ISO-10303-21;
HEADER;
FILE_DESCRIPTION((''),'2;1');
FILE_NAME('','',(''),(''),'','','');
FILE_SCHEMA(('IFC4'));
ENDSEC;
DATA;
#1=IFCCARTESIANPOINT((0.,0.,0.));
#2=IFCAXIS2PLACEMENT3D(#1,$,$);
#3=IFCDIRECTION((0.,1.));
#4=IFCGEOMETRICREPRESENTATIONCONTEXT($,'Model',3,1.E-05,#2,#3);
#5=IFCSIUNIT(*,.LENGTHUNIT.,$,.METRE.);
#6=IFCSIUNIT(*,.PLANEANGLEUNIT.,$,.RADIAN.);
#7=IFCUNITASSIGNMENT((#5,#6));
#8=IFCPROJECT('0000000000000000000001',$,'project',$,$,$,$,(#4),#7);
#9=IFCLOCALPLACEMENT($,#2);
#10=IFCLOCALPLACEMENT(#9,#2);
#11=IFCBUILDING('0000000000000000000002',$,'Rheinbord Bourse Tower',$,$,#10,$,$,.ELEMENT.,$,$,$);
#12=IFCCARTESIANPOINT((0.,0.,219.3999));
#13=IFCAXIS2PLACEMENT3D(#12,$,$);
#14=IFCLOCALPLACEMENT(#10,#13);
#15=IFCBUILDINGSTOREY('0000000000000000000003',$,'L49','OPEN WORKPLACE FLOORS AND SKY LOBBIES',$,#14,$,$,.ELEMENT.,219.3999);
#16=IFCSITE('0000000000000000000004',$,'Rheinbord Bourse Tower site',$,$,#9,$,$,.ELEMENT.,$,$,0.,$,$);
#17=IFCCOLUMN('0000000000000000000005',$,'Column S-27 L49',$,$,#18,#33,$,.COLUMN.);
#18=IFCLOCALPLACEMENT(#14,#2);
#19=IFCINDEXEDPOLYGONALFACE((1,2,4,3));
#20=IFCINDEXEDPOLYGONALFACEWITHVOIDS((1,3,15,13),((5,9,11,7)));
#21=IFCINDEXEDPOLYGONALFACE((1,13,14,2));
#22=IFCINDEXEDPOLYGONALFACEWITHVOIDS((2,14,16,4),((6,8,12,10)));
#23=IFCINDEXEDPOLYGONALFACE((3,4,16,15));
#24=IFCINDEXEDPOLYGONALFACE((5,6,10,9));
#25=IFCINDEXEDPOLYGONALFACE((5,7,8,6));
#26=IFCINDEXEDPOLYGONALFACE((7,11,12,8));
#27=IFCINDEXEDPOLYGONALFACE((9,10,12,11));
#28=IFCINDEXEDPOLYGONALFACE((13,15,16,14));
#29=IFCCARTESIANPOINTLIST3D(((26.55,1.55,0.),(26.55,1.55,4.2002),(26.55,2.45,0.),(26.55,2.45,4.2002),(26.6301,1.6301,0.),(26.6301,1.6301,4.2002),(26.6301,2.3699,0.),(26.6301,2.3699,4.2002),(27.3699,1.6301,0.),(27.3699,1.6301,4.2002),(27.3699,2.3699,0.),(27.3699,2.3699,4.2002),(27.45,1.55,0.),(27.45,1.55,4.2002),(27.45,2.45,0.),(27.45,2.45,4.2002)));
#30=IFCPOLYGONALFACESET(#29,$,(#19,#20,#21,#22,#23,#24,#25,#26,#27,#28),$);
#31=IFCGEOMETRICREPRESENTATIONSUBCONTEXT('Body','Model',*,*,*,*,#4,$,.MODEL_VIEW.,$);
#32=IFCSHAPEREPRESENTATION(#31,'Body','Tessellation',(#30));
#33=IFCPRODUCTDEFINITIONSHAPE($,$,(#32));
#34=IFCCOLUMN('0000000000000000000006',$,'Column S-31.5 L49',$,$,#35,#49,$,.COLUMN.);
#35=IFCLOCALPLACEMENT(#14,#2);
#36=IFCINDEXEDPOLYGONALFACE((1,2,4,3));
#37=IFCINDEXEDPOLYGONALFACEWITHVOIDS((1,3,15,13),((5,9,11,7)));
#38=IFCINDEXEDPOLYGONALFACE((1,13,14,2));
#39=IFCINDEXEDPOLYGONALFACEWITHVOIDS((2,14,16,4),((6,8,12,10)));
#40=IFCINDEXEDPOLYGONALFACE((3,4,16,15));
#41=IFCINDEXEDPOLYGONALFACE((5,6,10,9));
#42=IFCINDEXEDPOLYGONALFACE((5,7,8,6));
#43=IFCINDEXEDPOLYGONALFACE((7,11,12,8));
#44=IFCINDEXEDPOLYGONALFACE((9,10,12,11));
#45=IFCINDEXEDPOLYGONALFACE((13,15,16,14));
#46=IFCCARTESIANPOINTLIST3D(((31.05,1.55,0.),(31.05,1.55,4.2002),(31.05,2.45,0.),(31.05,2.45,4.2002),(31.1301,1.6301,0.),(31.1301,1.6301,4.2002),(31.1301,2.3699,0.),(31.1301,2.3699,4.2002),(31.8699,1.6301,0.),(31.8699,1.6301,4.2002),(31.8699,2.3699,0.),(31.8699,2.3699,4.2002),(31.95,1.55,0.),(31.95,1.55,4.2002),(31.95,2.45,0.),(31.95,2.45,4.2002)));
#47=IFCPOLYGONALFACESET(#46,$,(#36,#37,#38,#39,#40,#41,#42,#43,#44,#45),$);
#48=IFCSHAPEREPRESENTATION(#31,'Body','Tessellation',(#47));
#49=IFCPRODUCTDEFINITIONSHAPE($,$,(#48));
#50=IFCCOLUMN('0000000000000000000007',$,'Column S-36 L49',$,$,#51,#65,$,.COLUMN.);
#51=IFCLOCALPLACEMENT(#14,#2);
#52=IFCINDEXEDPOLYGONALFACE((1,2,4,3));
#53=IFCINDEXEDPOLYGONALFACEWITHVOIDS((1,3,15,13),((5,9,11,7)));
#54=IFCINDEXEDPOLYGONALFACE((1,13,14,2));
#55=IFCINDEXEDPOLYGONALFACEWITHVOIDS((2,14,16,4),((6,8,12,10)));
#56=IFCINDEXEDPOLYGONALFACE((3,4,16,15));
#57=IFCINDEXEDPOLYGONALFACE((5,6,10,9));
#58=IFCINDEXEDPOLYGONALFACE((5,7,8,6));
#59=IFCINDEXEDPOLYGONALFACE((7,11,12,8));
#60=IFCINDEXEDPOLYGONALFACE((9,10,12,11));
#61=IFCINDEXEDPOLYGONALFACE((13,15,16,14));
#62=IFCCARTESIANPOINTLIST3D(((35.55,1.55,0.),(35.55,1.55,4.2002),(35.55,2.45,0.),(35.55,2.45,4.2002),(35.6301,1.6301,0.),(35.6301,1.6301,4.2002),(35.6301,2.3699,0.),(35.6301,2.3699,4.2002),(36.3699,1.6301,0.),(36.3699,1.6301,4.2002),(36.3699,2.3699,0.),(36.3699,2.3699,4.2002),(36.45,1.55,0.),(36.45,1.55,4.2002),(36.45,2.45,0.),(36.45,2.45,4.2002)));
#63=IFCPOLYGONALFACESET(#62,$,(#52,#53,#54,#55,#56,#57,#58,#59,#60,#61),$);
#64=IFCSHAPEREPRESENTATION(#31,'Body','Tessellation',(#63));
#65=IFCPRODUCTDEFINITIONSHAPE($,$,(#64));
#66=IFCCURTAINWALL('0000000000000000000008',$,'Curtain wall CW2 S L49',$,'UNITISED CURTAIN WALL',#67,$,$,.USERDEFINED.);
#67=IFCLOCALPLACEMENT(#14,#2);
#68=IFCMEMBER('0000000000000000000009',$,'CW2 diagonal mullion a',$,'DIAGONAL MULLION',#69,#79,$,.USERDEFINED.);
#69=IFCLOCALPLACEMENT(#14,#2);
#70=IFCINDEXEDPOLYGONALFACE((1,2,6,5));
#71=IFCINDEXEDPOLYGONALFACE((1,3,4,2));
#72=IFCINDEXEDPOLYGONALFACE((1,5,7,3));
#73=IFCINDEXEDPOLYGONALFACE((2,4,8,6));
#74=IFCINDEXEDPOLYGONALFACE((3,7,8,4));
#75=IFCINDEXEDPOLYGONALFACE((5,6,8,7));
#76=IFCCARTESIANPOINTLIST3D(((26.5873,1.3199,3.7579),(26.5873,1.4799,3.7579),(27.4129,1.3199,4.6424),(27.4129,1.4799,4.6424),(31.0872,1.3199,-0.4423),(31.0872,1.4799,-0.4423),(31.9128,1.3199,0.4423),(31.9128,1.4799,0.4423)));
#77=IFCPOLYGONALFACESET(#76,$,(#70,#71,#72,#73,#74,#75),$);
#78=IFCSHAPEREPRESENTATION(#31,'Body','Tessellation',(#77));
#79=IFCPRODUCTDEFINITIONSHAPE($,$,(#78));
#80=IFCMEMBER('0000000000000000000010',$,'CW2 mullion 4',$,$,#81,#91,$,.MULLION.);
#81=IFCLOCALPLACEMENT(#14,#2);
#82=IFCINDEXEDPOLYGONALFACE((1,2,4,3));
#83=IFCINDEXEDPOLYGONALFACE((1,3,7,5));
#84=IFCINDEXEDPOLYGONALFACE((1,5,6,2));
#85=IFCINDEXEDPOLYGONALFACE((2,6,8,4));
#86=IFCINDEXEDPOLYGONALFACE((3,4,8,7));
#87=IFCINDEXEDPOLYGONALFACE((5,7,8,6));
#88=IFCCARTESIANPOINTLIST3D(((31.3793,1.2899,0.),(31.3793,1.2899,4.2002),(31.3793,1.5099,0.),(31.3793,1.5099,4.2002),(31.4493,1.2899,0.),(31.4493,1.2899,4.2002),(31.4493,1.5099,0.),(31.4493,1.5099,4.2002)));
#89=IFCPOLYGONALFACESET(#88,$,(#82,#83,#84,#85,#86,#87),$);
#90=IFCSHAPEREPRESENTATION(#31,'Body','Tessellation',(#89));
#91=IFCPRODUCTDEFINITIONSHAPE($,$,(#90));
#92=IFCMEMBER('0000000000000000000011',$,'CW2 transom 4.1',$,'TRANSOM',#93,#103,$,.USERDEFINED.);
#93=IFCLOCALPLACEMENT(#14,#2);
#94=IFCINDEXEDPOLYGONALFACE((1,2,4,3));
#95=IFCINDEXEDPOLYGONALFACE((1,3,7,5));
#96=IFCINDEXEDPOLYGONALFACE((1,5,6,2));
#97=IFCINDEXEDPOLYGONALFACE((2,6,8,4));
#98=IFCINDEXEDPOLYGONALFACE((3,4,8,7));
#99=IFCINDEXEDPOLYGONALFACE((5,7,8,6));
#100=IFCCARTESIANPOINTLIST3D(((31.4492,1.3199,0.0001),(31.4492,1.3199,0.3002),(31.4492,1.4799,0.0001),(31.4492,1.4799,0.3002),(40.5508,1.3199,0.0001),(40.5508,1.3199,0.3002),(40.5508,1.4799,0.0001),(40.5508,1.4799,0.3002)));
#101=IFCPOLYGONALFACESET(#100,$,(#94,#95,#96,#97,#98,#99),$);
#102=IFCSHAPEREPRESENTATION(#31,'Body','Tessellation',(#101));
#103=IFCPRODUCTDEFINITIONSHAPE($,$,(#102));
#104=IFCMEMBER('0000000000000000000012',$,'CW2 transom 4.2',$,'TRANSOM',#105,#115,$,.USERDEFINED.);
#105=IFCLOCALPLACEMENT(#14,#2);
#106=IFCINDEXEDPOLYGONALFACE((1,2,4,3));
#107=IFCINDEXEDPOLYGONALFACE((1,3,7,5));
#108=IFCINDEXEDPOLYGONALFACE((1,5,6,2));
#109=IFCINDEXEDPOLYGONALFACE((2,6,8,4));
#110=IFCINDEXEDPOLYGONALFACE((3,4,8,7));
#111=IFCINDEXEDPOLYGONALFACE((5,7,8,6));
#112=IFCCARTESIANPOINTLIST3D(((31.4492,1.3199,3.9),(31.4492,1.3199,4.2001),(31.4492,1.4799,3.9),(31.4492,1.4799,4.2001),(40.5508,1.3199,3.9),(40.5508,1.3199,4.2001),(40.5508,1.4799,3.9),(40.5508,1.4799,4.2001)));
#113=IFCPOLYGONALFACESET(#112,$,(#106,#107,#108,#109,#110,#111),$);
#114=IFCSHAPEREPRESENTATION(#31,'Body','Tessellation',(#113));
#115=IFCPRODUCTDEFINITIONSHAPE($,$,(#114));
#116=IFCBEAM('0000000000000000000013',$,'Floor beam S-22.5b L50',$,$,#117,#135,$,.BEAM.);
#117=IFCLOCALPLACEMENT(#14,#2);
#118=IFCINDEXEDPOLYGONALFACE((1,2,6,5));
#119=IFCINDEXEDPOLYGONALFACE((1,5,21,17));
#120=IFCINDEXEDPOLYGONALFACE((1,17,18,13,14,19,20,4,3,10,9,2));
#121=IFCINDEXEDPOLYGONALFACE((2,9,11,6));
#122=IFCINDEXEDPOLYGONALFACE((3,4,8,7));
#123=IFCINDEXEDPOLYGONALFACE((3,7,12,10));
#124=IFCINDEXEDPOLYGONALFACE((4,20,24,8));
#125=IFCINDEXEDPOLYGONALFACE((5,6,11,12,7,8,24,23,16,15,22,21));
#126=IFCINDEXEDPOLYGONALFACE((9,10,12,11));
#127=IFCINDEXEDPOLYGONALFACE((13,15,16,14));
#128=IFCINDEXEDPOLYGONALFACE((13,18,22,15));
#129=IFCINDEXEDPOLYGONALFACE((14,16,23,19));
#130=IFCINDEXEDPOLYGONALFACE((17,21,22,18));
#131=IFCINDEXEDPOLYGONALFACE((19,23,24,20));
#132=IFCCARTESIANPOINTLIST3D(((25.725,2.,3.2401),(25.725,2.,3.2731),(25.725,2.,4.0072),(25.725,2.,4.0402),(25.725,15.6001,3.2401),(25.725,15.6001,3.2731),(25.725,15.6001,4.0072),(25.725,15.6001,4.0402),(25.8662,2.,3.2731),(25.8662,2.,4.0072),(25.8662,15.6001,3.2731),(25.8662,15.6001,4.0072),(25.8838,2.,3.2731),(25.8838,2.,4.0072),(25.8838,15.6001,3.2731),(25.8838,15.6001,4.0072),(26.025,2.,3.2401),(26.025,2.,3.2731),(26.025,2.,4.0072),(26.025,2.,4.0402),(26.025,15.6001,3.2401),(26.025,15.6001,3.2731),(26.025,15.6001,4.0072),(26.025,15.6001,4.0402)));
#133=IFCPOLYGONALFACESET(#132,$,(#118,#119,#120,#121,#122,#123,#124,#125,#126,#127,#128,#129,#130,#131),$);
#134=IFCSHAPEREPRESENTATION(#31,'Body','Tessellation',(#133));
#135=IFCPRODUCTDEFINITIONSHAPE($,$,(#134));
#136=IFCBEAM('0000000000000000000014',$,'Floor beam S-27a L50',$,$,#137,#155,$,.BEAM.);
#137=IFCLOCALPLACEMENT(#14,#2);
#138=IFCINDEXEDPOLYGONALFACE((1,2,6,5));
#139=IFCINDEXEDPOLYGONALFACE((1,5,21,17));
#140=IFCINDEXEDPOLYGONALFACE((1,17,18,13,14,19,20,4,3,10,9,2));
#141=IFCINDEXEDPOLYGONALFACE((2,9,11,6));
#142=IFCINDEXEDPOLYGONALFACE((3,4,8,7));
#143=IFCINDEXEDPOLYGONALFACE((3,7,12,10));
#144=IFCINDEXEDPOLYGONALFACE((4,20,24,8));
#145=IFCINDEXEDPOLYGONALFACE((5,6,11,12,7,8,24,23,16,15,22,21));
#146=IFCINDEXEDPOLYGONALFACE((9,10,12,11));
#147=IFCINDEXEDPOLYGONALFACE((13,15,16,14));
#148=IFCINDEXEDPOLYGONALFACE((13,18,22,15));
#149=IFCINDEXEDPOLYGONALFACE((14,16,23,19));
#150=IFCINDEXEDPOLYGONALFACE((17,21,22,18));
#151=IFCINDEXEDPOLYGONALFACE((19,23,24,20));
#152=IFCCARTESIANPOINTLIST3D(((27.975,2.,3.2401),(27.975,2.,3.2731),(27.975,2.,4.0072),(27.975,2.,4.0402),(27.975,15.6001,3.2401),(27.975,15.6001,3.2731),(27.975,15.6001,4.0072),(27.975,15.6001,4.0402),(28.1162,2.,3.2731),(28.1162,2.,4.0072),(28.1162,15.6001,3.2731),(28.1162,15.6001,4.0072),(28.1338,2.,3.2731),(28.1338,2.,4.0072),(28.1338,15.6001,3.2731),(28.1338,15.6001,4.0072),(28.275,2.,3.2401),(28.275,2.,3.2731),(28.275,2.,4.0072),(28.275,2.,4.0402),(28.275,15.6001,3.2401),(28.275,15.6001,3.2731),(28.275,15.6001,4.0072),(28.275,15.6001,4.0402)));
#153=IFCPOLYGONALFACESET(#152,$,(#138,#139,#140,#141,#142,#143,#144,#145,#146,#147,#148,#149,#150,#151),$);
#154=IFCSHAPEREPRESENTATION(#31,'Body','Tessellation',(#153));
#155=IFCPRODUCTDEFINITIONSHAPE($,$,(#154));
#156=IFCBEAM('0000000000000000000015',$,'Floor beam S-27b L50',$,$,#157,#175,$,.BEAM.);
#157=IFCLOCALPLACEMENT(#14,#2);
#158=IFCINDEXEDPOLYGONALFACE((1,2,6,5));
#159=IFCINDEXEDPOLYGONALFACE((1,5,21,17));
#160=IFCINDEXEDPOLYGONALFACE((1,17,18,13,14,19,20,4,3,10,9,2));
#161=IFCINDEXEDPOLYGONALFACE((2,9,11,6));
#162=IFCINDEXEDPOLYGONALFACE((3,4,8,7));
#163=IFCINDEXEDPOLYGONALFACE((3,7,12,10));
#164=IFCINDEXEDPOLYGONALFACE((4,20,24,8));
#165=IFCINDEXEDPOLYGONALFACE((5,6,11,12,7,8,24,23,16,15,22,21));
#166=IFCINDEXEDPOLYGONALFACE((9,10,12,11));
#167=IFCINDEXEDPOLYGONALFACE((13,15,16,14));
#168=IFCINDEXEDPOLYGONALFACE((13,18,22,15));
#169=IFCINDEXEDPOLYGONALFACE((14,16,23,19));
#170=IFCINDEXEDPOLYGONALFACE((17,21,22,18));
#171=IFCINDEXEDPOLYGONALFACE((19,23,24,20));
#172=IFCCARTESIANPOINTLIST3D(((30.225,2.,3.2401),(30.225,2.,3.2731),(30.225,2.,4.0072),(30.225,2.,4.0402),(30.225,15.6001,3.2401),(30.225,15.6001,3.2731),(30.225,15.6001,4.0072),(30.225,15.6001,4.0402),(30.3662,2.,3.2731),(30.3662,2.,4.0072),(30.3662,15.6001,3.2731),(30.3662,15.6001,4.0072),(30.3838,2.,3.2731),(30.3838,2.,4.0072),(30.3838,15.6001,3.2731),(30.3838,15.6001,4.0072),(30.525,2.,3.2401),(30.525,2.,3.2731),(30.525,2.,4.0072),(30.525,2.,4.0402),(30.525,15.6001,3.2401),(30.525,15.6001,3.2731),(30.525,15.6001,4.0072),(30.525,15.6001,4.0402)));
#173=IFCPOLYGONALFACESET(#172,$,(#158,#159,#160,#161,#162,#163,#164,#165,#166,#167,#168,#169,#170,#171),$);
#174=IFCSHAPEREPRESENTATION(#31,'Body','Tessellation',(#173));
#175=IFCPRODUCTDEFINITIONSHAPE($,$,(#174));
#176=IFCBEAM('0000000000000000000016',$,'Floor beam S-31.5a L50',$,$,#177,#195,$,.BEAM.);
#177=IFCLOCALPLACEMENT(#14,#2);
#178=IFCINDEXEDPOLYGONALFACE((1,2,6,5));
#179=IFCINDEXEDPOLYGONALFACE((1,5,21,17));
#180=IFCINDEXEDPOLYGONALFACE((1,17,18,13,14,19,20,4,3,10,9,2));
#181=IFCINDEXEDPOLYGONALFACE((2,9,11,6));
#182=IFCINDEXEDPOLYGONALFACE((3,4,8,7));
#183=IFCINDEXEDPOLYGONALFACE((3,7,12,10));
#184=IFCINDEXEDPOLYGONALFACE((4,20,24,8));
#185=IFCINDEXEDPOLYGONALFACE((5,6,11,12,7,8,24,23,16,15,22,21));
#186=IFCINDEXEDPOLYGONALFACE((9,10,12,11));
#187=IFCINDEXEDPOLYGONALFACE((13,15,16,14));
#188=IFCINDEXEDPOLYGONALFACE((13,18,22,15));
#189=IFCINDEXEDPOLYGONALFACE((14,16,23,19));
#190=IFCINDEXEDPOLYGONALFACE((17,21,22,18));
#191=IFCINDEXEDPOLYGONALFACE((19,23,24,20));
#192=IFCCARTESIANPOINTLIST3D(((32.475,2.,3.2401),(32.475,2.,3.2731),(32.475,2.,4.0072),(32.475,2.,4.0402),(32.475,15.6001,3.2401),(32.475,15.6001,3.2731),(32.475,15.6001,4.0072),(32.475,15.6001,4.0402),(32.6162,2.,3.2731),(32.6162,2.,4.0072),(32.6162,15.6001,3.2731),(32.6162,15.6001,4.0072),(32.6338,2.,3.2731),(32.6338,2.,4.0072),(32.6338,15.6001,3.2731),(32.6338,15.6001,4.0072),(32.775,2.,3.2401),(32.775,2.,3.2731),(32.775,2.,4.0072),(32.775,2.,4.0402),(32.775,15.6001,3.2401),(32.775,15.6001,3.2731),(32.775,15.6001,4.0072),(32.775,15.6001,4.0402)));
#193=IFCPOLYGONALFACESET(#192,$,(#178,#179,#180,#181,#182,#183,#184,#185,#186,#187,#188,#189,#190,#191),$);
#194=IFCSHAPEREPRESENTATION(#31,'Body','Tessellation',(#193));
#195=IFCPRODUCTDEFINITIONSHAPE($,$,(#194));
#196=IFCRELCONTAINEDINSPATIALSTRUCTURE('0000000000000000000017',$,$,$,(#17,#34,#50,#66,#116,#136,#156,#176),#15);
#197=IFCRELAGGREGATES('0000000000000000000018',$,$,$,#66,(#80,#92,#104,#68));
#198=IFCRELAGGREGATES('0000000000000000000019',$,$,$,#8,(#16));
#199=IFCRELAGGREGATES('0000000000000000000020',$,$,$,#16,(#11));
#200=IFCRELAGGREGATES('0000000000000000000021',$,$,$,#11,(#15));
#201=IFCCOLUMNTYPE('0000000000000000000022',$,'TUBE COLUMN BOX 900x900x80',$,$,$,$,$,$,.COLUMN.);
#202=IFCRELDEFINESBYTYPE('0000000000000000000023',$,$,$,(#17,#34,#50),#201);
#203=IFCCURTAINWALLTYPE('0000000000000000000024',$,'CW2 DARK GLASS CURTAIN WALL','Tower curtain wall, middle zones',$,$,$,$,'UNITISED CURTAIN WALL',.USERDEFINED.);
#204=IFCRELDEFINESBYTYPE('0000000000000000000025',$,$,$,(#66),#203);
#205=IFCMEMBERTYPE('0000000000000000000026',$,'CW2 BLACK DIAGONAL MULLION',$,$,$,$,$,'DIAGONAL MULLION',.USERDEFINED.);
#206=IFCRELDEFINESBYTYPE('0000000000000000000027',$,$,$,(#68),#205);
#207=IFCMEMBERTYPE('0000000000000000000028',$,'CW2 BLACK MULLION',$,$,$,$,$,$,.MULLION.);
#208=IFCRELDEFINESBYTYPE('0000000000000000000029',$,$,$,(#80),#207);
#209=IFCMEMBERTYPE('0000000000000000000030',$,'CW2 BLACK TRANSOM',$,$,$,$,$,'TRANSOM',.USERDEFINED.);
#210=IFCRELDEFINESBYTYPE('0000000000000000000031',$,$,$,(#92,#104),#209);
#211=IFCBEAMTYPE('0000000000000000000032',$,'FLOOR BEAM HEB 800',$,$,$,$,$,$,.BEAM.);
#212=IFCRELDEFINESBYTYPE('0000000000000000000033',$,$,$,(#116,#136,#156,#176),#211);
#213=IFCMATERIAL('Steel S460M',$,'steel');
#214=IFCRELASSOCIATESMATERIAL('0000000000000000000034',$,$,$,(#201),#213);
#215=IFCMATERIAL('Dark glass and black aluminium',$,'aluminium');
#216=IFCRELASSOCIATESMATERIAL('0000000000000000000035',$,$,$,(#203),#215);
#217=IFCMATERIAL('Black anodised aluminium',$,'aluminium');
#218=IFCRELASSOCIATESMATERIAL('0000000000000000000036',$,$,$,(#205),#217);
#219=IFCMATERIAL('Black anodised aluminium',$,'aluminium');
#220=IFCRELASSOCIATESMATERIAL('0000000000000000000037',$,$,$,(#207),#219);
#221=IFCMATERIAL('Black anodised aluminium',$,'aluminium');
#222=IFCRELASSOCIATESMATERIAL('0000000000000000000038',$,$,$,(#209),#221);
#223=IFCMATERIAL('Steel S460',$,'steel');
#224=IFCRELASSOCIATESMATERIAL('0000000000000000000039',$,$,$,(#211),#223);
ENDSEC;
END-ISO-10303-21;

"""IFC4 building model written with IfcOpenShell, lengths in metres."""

from ifc_helpers import new_model, si_unit, direction, frame, origin, origin_2d, place, context, subcontext, project, spatial, rectangle, hollow_rectangle, i_section, extrude, material, material_profile, profile_set, type_object, element, aggregate, save


model = new_model("IFC4")

# Units and contexts
model_context = context("Model", 3, precision=1e-05, world=origin(), true_north=direction((0.0, 1.0)))
body_context = subcontext(model_context, "Body", "Model", "MODEL_VIEW")
ifc_project = project(units=[si_unit("LENGTHUNIT", "METRE"), si_unit("PLANEANGLEUNIT", "RADIAN")], contexts=[model_context])

# Site, building, storey
site_placement = place(None, origin())
site = spatial("IfcSite", under=ifc_project, at=site_placement, Name="Rheinbord Bourse Tower site", CompositionType="ELEMENT", RefElevation=0.0)
building_placement = place(site_placement, origin())
building = spatial("IfcBuilding", under=site, at=building_placement, Name="Rheinbord Bourse Tower", CompositionType="ELEMENT")
storey_placement = place(building_placement, frame((0.0, 0.0, 219.3999)))
storey = spatial("IfcBuildingStorey", under=building, at=storey_placement, Name="L49", Description="OPEN WORKPLACE FLOORS AND SKY LOBBIES", CompositionType="ELEMENT", Elevation=219.3999)

# Columns
ifc_material_1 = material(Name="Steel S460M", Category="steel")
ifc_material_profile_1 = material_profile(ifc_material_1, hollow_rectangle(XDim=0.8999, YDim=0.8999, WallThickness=0.0801, at=origin_2d()), Name="BOX 900x900x80")
ifc_profile_set_1 = profile_set([ifc_material_profile_1], Name="Steel S460M")
column_type = type_object("IfcColumnType", Name="TUBE COLUMN BOX 900x900x80", PredefinedType="COLUMN", material=ifc_profile_set_1)
for number, where, z_axis, x_axis, name in (
    (1, (27.0, 2.0, 0.0), (0.0, 0.0, 1.0), (0.0, 1.0, 0.0), "Column S-27 L49"),
    (2, (31.5, 2.0, 0.0), (0.0, 0.0, 1.0), (0.0, 1.0, 0.0), "Column S-31.5 L49"),
    (3, (36.0, 2.0, 0.0), (0.0, 0.0, 1.0), (0.0, 1.0, 0.0), "Column S-36 L49"),
):
    element("IfcColumn", number, at=place(storey_placement, frame(where, z_axis=z_axis, x_axis=x_axis)), inside=storey, type_object=column_type, Name=name, PredefinedType="COLUMN", context=body_context, shape_type="SweptSolid", body=[
        extrude(hollow_rectangle(XDim=0.8999, YDim=0.8999, WallThickness=0.0801, at=origin_2d()), origin(), (0.0, 0.0, 1.0), 4.2002),
    ])

# Curtain wall, members
ifc_material_2 = material(Name="Dark glass and black aluminium", Category="aluminium")
curtain_wall_type = type_object("IfcCurtainWallType", Name="CW2 DARK GLASS CURTAIN WALL", Description="Tower curtain wall, middle zones", ElementType="UNITISED CURTAIN WALL", PredefinedType="USERDEFINED", material=ifc_material_2)
curtain_wall_placement = place(storey_placement, origin())
curtain_wall = element("IfcCurtainWall", 4, at=curtain_wall_placement, inside=storey, type_object=curtain_wall_type, Name="Curtain wall CW2 S L49", ObjectType="UNITISED CURTAIN WALL", PredefinedType="USERDEFINED")
ifc_material_3 = material(Name="Black anodised aluminium", Category="aluminium")
ifc_material_profile_2 = material_profile(ifc_material_3, rectangle(XDim=0.1599, YDim=1.21, at=origin_2d()), Name="CW2 DIAGONAL MULLION 1210x160")
ifc_profile_set_2 = profile_set([ifc_material_profile_2], Name="Black anodised aluminium")
member_type_1 = type_object("IfcMemberType", Name="CW2 BLACK DIAGONAL MULLION", ElementType="DIAGONAL MULLION", PredefinedType="USERDEFINED", material=ifc_profile_set_2)
member_1_placement = place(storey_placement, frame((31.5, 1.3999, 0.0), z_axis=(-0.731039, 0.0, 0.682335), x_axis=(0.0, -1.0, 0.0)))
member_1 = element("IfcMember", 5, at=member_1_placement, type_object=member_type_1, Name="CW2 diagonal mullion a", ObjectType="DIAGONAL MULLION", PredefinedType="USERDEFINED", context=body_context, shape_type="SweptSolid", body=[
    extrude(rectangle(XDim=0.1599, YDim=1.21, at=origin_2d()), origin(), (0.0, 0.0, 1.0), 6.1555),
])
ifc_material_4 = material(Name="Black anodised aluminium", Category="aluminium")
ifc_material_profile_3 = material_profile(ifc_material_4, rectangle(XDim=0.22, YDim=0.0701, at=origin_2d()), Name="CW2 MULLION 70x220")
ifc_profile_set_3 = profile_set([ifc_material_profile_3], Name="Black anodised aluminium")
member_type_2 = type_object("IfcMemberType", Name="CW2 BLACK MULLION", PredefinedType="MULLION", material=ifc_profile_set_3)
member_2_placement = place(storey_placement, frame((31.4143, 1.3999, 0.0), z_axis=(0.0, 0.0, 1.0), x_axis=(0.0, 1.0, 0.0)))
member_2 = element("IfcMember", 6, at=member_2_placement, type_object=member_type_2, Name="CW2 mullion 4", PredefinedType="MULLION", context=body_context, shape_type="SweptSolid", body=[
    extrude(rectangle(XDim=0.22, YDim=0.0701, at=origin_2d()), origin(), (0.0, 0.0, 1.0), 4.2002),
])
ifc_material_5 = material(Name="Black anodised aluminium", Category="aluminium")
ifc_material_profile_4 = material_profile(ifc_material_5, rectangle(XDim=0.1599, YDim=0.3, at=origin_2d()), Name="CW2 TRANSOM 300x160")
ifc_profile_set_4 = profile_set([ifc_material_profile_4], Name="Black anodised aluminium")
member_type_3 = type_object("IfcMemberType", Name="CW2 BLACK TRANSOM", ElementType="TRANSOM", PredefinedType="USERDEFINED", material=ifc_profile_set_4)
member_3_placement = place(storey_placement, frame((31.4492, 1.3999, 0.1501), z_axis=(1.0, 0.0, 0.0), x_axis=(0.0, 1.0, 0.0)))
member_3 = element("IfcMember", 7, at=member_3_placement, type_object=member_type_3, Name="CW2 transom 4.1", ObjectType="TRANSOM", PredefinedType="USERDEFINED", context=body_context, shape_type="SweptSolid", body=[
    extrude(rectangle(XDim=0.1599, YDim=0.3, at=origin_2d()), origin(), (0.0, 0.0, 1.0), 9.1016),
])
member_4_placement = place(storey_placement, frame((31.4492, 1.3999, 4.05), z_axis=(1.0, 0.0, 0.0), x_axis=(0.0, 1.0, 0.0)))
member_4 = element("IfcMember", 8, at=member_4_placement, type_object=member_type_3, Name="CW2 transom 4.2", ObjectType="TRANSOM", PredefinedType="USERDEFINED", context=body_context, shape_type="SweptSolid", body=[
    extrude(rectangle(XDim=0.1599, YDim=0.3, at=origin_2d()), origin(), (0.0, 0.0, 1.0), 9.1016),
])

# Beams
ifc_material_6 = material(Name="Steel S460", Category="steel")
ifc_material_profile_5 = material_profile(ifc_material_6, i_section(OverallWidth=0.3, OverallDepth=0.8, WebThickness=0.0176, FlangeThickness=0.033, at=origin_2d()), Name="HEB 800")
ifc_profile_set_5 = profile_set([ifc_material_profile_5], Name="Steel S460")
beam_type_1 = type_object("IfcBeamType", Name="FLOOR BEAM HEB 800", PredefinedType="BEAM", material=ifc_profile_set_5)
for number, where, z_axis, x_axis, name in (
    (9, (25.875, 2.0, 3.6401), (0.0, 1.0, 0.0), (-1.0, 0.0, 0.0), "Floor beam S-22.5b L50"),
    (10, (28.125, 2.0, 3.6401), (0.0, 1.0, 0.0), (-1.0, 0.0, 0.0), "Floor beam S-27a L50"),
    (11, (30.375, 2.0, 3.6401), (0.0, 1.0, 0.0), (-1.0, 0.0, 0.0), "Floor beam S-27b L50"),
    (12, (32.625, 2.0, 3.6401), (0.0, 1.0, 0.0), (-1.0, 0.0, 0.0), "Floor beam S-31.5a L50"),
):
    element("IfcBeam", number, at=place(storey_placement, frame(where, z_axis=z_axis, x_axis=x_axis)), inside=storey, type_object=beam_type_1, Name=name, PredefinedType="BEAM", context=body_context, shape_type="SweptSolid", body=[
        extrude(i_section(OverallWidth=0.3, OverallDepth=0.8, WebThickness=0.0176, FlangeThickness=0.033, at=origin_2d()), origin(), (0.0, 0.0, 1.0), 13.6001),
    ])

aggregate(curtain_wall, [member_2, member_3, member_4, member_1])

save(model, "model.ifc")
